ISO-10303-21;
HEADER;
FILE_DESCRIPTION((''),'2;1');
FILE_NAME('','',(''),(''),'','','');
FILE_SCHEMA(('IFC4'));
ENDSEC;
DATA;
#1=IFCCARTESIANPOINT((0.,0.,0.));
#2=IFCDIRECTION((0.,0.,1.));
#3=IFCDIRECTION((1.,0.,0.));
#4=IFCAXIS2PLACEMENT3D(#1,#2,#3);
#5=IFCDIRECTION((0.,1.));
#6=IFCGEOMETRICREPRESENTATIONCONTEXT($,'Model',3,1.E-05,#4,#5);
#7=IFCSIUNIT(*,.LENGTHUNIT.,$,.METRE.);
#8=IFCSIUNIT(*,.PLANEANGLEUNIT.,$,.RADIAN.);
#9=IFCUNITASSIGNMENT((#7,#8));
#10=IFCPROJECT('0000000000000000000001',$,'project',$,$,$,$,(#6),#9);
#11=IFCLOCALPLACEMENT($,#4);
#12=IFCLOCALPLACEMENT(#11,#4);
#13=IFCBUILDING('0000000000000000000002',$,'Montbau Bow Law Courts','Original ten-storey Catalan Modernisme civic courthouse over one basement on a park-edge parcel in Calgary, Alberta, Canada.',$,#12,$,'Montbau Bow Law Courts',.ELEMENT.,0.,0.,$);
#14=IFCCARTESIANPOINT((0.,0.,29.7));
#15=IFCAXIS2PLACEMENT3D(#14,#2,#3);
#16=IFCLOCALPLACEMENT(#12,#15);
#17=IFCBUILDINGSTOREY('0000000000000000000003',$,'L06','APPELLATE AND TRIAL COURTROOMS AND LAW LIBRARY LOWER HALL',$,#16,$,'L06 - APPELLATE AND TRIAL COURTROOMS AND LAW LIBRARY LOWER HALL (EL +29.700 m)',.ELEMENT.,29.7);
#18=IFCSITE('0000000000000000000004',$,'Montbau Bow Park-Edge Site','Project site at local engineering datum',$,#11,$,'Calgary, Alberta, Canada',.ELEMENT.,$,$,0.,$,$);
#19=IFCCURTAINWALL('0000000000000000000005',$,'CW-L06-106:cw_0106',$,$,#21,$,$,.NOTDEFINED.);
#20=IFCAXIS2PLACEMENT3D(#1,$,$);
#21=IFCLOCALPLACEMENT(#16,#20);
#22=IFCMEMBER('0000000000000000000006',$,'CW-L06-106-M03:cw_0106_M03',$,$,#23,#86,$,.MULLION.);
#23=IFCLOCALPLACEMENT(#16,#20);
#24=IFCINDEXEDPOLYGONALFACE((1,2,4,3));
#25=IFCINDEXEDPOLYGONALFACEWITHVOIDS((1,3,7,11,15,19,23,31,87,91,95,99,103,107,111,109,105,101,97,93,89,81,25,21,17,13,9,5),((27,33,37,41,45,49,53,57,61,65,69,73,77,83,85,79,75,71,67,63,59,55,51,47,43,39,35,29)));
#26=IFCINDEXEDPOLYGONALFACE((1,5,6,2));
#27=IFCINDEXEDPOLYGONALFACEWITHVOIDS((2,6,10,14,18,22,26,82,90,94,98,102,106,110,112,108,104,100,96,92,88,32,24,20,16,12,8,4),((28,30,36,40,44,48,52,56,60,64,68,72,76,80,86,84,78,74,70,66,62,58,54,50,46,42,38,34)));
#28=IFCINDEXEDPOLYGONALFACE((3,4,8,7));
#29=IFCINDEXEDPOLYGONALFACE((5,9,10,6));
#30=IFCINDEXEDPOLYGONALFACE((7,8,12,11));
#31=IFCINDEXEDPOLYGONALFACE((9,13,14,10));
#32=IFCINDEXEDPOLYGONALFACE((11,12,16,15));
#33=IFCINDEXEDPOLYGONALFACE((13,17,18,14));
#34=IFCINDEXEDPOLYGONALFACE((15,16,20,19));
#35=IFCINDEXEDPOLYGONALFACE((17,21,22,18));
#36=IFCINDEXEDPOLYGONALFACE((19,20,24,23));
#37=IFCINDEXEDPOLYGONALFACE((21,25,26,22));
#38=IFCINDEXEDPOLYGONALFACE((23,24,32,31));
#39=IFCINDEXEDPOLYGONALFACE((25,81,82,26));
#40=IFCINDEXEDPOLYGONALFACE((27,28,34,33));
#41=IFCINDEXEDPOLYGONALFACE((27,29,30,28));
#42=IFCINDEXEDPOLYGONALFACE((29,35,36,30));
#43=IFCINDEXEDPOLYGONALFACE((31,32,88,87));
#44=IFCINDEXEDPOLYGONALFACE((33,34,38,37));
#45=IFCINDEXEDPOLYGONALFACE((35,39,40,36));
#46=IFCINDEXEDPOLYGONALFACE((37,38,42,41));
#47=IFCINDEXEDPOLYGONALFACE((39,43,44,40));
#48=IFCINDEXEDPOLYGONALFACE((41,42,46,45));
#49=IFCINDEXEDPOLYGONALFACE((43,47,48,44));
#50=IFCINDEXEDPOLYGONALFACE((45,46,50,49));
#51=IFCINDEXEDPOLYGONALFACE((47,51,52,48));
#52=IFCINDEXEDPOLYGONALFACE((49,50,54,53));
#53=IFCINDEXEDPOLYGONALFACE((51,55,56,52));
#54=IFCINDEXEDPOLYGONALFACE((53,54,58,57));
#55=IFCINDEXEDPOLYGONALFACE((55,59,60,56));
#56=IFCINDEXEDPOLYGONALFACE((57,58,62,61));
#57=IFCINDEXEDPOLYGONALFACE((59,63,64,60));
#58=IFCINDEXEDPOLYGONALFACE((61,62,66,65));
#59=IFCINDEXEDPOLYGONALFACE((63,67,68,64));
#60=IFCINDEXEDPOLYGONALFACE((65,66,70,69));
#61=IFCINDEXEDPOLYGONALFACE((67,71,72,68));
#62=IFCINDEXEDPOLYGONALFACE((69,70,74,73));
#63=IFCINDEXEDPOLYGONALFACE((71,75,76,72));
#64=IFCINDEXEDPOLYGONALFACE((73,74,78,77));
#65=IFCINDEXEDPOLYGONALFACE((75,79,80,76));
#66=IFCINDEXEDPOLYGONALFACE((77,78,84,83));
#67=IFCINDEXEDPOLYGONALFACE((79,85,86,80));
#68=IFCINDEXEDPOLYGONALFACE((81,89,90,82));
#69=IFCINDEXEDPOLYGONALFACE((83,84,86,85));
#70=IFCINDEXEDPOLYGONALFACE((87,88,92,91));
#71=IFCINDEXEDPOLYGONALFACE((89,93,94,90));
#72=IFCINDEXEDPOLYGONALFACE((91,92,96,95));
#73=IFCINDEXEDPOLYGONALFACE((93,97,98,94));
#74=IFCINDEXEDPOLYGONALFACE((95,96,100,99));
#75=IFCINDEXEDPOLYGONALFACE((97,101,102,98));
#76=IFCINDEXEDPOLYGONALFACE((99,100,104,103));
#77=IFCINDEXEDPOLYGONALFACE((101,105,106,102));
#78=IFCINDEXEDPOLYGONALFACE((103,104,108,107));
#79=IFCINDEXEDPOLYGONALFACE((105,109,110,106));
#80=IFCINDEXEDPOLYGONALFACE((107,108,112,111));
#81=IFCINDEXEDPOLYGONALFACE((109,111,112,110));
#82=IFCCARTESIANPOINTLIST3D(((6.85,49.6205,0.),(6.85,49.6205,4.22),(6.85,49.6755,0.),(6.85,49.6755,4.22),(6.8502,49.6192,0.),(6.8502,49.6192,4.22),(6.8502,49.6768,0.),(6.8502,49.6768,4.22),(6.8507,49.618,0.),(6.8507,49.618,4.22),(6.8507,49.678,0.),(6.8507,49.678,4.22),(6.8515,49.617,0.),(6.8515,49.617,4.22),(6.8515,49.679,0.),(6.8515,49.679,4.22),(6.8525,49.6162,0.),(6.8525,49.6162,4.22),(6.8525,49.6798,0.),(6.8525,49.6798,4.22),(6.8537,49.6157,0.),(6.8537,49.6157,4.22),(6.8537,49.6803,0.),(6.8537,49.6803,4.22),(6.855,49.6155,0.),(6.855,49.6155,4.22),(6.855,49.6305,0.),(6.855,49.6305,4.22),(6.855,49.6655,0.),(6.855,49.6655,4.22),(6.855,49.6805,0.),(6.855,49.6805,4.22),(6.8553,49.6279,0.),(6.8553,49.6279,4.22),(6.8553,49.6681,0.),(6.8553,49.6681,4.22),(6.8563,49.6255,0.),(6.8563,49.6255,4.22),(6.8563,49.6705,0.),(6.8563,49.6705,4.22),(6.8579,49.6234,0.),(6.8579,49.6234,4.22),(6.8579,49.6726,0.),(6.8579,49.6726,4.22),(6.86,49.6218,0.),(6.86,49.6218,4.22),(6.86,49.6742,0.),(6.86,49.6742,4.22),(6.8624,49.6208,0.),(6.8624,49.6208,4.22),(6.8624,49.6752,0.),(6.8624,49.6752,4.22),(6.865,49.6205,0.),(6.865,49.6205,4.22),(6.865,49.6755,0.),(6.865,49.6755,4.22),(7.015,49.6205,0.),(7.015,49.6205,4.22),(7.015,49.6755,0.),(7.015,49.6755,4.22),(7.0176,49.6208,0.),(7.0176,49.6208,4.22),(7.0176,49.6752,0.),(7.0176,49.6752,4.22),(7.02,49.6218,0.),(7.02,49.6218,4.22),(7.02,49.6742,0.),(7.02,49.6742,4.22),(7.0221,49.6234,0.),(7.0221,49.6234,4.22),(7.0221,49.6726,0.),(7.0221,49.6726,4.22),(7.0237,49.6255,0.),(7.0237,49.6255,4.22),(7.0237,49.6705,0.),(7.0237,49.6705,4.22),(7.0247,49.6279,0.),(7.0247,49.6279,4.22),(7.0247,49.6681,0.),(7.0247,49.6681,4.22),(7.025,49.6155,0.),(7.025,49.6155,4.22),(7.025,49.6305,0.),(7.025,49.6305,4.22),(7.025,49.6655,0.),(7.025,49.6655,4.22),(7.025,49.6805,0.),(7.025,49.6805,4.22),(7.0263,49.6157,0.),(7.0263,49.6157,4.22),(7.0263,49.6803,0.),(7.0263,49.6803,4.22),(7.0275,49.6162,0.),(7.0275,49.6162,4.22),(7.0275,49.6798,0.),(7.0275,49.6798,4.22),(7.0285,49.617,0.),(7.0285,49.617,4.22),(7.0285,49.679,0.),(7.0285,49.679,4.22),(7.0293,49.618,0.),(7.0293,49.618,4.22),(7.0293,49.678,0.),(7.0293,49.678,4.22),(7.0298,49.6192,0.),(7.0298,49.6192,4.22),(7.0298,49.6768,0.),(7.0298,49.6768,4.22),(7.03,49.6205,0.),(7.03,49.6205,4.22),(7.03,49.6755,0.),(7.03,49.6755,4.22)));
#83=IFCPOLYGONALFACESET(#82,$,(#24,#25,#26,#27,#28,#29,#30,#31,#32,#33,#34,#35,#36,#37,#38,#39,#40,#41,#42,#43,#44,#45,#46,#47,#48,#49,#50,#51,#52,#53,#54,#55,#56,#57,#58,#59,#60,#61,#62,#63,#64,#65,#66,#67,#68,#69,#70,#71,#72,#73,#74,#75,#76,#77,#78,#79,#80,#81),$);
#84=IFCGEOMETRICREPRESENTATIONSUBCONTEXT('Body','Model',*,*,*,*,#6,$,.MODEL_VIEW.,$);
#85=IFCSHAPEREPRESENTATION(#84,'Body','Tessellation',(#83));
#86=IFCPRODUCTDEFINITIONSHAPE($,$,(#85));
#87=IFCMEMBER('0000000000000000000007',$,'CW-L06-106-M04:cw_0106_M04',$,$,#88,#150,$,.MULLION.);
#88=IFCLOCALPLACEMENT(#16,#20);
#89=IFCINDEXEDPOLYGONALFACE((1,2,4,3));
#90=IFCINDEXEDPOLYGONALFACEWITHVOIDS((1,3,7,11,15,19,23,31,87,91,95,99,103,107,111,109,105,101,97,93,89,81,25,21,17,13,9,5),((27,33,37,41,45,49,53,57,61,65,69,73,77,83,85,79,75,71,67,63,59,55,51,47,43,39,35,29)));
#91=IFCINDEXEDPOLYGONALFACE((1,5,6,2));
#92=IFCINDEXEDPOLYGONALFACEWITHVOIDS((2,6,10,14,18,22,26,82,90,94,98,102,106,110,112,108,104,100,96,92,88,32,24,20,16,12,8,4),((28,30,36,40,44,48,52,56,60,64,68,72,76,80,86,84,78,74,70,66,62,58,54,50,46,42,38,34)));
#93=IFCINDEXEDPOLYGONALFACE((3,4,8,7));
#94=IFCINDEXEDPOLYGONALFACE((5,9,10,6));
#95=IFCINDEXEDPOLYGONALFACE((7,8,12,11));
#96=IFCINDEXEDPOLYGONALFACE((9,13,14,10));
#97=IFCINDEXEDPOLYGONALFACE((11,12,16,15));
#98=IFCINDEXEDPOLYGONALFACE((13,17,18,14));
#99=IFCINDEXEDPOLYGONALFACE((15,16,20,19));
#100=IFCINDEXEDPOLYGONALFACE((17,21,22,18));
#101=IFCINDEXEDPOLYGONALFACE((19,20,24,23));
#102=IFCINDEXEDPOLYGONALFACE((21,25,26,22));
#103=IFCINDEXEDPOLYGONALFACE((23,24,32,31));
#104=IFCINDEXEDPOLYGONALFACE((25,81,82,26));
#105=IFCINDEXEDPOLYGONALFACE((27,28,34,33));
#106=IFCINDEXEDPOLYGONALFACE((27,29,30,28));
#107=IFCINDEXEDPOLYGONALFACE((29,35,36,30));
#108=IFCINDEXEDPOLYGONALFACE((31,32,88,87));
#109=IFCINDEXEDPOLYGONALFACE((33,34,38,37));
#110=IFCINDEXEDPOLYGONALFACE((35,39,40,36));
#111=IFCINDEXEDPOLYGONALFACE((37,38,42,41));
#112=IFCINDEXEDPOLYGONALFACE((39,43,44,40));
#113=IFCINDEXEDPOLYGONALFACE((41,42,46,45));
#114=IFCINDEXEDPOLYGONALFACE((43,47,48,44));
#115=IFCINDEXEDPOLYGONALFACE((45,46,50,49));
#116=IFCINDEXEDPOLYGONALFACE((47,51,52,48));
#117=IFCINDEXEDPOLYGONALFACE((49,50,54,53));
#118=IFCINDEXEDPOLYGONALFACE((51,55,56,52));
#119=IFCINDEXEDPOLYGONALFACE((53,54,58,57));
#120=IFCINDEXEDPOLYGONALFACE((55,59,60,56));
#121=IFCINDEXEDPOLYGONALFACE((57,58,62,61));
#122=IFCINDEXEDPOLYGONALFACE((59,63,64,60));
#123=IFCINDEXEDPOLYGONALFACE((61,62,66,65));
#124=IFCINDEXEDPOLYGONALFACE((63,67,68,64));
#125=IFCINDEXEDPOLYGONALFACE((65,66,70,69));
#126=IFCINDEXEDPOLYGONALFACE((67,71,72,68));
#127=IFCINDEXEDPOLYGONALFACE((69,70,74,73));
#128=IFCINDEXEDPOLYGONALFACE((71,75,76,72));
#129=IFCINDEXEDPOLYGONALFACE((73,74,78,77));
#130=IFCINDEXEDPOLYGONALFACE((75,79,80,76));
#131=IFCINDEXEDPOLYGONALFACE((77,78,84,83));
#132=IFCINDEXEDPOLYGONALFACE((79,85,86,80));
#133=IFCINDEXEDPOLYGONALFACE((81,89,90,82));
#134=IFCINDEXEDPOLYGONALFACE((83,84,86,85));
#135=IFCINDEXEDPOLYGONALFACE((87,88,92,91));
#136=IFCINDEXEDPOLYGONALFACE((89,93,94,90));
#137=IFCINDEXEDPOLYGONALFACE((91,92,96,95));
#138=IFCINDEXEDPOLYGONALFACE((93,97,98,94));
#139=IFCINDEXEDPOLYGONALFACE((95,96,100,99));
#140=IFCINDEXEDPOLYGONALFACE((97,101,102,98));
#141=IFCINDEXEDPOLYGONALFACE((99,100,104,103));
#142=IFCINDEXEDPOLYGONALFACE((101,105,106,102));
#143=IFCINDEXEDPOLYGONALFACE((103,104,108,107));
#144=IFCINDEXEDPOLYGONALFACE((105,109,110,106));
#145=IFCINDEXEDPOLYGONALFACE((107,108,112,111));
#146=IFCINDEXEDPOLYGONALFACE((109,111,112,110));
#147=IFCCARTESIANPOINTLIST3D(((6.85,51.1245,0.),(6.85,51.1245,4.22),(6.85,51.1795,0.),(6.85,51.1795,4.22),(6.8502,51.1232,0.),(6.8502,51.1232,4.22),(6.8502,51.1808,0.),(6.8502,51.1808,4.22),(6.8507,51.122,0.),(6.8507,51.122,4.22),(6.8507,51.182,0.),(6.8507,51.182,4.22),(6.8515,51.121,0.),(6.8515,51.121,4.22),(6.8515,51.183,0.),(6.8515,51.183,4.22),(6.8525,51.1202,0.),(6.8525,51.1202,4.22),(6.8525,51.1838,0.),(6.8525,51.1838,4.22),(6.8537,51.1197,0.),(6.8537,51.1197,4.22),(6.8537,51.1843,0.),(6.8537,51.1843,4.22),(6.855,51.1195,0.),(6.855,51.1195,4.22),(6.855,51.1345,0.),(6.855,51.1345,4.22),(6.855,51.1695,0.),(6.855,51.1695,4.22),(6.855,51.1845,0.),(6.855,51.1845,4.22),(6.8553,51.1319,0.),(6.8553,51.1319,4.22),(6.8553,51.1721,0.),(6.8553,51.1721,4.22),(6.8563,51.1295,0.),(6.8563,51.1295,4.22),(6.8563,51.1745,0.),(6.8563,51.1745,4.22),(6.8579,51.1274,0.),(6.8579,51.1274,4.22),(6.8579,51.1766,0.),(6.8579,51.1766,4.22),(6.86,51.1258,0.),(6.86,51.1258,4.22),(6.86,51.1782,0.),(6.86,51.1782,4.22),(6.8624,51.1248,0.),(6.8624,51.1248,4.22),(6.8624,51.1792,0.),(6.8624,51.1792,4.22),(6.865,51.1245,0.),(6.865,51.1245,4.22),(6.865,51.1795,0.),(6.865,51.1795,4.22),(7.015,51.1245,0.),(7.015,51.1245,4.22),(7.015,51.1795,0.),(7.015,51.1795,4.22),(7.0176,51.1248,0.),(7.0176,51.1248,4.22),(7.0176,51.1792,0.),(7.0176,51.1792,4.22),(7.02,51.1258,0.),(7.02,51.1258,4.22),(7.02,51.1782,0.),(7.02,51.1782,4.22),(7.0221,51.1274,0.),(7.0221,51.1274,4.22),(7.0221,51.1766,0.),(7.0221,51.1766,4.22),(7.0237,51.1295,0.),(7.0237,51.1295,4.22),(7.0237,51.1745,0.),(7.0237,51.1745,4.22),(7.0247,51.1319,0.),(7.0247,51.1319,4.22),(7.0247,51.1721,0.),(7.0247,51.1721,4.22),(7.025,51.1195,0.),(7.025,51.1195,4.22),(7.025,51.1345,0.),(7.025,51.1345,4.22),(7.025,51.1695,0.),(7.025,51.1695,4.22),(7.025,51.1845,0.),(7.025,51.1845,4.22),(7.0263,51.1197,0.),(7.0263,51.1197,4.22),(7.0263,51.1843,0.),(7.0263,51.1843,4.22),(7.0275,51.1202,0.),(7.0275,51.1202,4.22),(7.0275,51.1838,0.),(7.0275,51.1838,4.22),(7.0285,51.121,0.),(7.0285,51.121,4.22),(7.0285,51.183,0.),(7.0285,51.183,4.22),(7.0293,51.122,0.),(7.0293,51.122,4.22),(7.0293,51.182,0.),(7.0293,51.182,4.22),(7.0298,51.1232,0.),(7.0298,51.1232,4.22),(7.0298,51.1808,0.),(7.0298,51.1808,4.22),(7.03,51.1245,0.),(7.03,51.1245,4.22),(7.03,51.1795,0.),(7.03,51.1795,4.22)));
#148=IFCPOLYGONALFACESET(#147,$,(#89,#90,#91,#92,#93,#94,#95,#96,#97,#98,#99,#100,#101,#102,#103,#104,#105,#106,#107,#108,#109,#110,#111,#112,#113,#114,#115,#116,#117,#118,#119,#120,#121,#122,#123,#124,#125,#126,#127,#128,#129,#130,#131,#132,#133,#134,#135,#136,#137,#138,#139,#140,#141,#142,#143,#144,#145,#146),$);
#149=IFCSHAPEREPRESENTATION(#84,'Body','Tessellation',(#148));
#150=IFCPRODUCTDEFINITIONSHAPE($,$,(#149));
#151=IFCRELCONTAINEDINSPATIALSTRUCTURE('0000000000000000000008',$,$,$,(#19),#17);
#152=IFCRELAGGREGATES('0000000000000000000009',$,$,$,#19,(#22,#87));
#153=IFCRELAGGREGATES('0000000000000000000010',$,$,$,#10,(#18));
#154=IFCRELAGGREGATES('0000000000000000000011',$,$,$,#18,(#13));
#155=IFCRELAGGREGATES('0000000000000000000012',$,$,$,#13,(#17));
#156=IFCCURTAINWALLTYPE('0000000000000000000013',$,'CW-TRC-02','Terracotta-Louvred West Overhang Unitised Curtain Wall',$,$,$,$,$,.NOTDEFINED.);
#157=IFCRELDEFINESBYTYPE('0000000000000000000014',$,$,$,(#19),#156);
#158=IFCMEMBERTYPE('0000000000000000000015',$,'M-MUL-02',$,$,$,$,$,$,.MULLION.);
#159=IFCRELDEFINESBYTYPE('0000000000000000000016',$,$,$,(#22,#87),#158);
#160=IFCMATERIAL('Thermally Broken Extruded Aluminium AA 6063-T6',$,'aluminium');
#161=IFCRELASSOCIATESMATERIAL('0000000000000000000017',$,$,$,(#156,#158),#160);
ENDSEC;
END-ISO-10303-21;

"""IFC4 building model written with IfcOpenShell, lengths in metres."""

from ifc_helpers import new_model, si_unit, direction, frame, origin_with_axes, origin_2d_with_axis, place, context, subcontext, project, spatial, hollow_rectangle, extrude, material, material_profile, profile_set, type_object, element, aggregate, save


model = new_model("IFC4")

# Units and contexts
model_context = context("Model", 3, precision=1e-05, world=origin_with_axes(), true_north=direction((0.0, 1.0)))
body_context = subcontext(model_context, "Body", "Model", "MODEL_VIEW")
ifc_project = project(units=[si_unit("LENGTHUNIT", "METRE"), si_unit("PLANEANGLEUNIT", "RADIAN")], contexts=[model_context])

# Site, building, storey
site_placement = place(None, origin_with_axes())
site = spatial("IfcSite", under=ifc_project, at=site_placement, Name="Montbau Bow Park-Edge Site", Description="Project site at local engineering datum", LongName="Calgary, Alberta, Canada", CompositionType="ELEMENT", RefElevation=0.0)
building_placement = place(site_placement, origin_with_axes())
building = spatial("IfcBuilding", under=site, at=building_placement, Name="Montbau Bow Law Courts", Description="Original ten-storey Catalan Modernisme civic courthouse over one basement on a park-edge parcel in Calgary, Alberta, Canada.", LongName="Montbau Bow Law Courts", CompositionType="ELEMENT", ElevationOfRefHeight=0.0, ElevationOfTerrain=0.0)
storey_placement = place(building_placement, frame((0.0, 0.0, 29.7), z_axis=(0.0, 0.0, 1.0), x_axis=(1.0, 0.0, 0.0)))
storey = spatial("IfcBuildingStorey", under=building, at=storey_placement, Name="L06", Description="APPELLATE AND TRIAL COURTROOMS AND LAW LIBRARY LOWER HALL", LongName="L06 - APPELLATE AND TRIAL COURTROOMS AND LAW LIBRARY LOWER HALL (EL +29.700 m)", CompositionType="ELEMENT", Elevation=29.7)

# Shared definitions
ifc_material_1 = material(Name="Thermally Broken Extruded Aluminium AA 6063-T6", Category="aluminium")
curtain_wall_type = type_object("IfcCurtainWallType", Name="CW-TRC-02", Description="Terracotta-Louvred West Overhang Unitised Curtain Wall", PredefinedType="NOTDEFINED", material=ifc_material_1)

# Curtain wall, members
curtain_wall_1_placement = place(None, frame((6.94, 46.64, 29.7), z_axis=(0.0, 0.0, 1.0), x_axis=(1.0, 0.0, 0.0)))
curtain_wall_1 = element("IfcCurtainWall", 1, at=curtain_wall_1_placement, inside=storey, type_object=curtain_wall_type, Name="CW-L06-106:cw_0106", PredefinedType="NOTDEFINED")
ifc_material_profile_1 = material_profile(ifc_material_1, hollow_rectangle(XDim=0.065, YDim=0.18, WallThickness=0.005, InnerFilletRadius=0.01, OuterFilletRadius=0.005, at=origin_2d_with_axis()), Name="CWM-180X65", Category="Main", Priority=0)
ifc_profile_set_1 = profile_set([ifc_material_profile_1], Name="Thermally Broken Extruded Aluminium AA 6063-T6")
member_type_1 = type_object("IfcMemberType", Name="M-MUL-02", PredefinedType="MULLION", material=ifc_profile_set_1)
member_1_placement = place(None, frame((6.94, 49.648, 29.7), z_axis=(0.0, 0.0, 1.0), x_axis=(0.0, 1.0, 0.0)))
member_1 = element("IfcMember", 2, at=member_1_placement, type_object=member_type_1, Name="CW-L06-106-M03:cw_0106_M03", PredefinedType="MULLION", context=body_context, shape_type="SweptSolid", body=[
    extrude(hollow_rectangle(XDim=0.065, YDim=0.18, WallThickness=0.005, InnerFilletRadius=0.01, OuterFilletRadius=0.005, at=origin_2d_with_axis()), origin_with_axes(), (0.0, 0.0, 1.0), 4.22),
])
member_2_placement = place(None, frame((6.94, 51.152, 29.7), z_axis=(0.0, 0.0, 1.0), x_axis=(0.0, 1.0, 0.0)))
member_2 = element("IfcMember", 3, at=member_2_placement, type_object=member_type_1, Name="CW-L06-106-M04:cw_0106_M04", PredefinedType="MULLION", context=body_context, shape_type="SweptSolid", body=[
    extrude(hollow_rectangle(XDim=0.065, YDim=0.18, WallThickness=0.005, InnerFilletRadius=0.01, OuterFilletRadius=0.005, at=origin_2d_with_axis()), origin_with_axes(), (0.0, 0.0, 1.0), 4.22),
])
aggregate(curtain_wall_1, [member_1, member_2])

save(model, "model.ifc")
